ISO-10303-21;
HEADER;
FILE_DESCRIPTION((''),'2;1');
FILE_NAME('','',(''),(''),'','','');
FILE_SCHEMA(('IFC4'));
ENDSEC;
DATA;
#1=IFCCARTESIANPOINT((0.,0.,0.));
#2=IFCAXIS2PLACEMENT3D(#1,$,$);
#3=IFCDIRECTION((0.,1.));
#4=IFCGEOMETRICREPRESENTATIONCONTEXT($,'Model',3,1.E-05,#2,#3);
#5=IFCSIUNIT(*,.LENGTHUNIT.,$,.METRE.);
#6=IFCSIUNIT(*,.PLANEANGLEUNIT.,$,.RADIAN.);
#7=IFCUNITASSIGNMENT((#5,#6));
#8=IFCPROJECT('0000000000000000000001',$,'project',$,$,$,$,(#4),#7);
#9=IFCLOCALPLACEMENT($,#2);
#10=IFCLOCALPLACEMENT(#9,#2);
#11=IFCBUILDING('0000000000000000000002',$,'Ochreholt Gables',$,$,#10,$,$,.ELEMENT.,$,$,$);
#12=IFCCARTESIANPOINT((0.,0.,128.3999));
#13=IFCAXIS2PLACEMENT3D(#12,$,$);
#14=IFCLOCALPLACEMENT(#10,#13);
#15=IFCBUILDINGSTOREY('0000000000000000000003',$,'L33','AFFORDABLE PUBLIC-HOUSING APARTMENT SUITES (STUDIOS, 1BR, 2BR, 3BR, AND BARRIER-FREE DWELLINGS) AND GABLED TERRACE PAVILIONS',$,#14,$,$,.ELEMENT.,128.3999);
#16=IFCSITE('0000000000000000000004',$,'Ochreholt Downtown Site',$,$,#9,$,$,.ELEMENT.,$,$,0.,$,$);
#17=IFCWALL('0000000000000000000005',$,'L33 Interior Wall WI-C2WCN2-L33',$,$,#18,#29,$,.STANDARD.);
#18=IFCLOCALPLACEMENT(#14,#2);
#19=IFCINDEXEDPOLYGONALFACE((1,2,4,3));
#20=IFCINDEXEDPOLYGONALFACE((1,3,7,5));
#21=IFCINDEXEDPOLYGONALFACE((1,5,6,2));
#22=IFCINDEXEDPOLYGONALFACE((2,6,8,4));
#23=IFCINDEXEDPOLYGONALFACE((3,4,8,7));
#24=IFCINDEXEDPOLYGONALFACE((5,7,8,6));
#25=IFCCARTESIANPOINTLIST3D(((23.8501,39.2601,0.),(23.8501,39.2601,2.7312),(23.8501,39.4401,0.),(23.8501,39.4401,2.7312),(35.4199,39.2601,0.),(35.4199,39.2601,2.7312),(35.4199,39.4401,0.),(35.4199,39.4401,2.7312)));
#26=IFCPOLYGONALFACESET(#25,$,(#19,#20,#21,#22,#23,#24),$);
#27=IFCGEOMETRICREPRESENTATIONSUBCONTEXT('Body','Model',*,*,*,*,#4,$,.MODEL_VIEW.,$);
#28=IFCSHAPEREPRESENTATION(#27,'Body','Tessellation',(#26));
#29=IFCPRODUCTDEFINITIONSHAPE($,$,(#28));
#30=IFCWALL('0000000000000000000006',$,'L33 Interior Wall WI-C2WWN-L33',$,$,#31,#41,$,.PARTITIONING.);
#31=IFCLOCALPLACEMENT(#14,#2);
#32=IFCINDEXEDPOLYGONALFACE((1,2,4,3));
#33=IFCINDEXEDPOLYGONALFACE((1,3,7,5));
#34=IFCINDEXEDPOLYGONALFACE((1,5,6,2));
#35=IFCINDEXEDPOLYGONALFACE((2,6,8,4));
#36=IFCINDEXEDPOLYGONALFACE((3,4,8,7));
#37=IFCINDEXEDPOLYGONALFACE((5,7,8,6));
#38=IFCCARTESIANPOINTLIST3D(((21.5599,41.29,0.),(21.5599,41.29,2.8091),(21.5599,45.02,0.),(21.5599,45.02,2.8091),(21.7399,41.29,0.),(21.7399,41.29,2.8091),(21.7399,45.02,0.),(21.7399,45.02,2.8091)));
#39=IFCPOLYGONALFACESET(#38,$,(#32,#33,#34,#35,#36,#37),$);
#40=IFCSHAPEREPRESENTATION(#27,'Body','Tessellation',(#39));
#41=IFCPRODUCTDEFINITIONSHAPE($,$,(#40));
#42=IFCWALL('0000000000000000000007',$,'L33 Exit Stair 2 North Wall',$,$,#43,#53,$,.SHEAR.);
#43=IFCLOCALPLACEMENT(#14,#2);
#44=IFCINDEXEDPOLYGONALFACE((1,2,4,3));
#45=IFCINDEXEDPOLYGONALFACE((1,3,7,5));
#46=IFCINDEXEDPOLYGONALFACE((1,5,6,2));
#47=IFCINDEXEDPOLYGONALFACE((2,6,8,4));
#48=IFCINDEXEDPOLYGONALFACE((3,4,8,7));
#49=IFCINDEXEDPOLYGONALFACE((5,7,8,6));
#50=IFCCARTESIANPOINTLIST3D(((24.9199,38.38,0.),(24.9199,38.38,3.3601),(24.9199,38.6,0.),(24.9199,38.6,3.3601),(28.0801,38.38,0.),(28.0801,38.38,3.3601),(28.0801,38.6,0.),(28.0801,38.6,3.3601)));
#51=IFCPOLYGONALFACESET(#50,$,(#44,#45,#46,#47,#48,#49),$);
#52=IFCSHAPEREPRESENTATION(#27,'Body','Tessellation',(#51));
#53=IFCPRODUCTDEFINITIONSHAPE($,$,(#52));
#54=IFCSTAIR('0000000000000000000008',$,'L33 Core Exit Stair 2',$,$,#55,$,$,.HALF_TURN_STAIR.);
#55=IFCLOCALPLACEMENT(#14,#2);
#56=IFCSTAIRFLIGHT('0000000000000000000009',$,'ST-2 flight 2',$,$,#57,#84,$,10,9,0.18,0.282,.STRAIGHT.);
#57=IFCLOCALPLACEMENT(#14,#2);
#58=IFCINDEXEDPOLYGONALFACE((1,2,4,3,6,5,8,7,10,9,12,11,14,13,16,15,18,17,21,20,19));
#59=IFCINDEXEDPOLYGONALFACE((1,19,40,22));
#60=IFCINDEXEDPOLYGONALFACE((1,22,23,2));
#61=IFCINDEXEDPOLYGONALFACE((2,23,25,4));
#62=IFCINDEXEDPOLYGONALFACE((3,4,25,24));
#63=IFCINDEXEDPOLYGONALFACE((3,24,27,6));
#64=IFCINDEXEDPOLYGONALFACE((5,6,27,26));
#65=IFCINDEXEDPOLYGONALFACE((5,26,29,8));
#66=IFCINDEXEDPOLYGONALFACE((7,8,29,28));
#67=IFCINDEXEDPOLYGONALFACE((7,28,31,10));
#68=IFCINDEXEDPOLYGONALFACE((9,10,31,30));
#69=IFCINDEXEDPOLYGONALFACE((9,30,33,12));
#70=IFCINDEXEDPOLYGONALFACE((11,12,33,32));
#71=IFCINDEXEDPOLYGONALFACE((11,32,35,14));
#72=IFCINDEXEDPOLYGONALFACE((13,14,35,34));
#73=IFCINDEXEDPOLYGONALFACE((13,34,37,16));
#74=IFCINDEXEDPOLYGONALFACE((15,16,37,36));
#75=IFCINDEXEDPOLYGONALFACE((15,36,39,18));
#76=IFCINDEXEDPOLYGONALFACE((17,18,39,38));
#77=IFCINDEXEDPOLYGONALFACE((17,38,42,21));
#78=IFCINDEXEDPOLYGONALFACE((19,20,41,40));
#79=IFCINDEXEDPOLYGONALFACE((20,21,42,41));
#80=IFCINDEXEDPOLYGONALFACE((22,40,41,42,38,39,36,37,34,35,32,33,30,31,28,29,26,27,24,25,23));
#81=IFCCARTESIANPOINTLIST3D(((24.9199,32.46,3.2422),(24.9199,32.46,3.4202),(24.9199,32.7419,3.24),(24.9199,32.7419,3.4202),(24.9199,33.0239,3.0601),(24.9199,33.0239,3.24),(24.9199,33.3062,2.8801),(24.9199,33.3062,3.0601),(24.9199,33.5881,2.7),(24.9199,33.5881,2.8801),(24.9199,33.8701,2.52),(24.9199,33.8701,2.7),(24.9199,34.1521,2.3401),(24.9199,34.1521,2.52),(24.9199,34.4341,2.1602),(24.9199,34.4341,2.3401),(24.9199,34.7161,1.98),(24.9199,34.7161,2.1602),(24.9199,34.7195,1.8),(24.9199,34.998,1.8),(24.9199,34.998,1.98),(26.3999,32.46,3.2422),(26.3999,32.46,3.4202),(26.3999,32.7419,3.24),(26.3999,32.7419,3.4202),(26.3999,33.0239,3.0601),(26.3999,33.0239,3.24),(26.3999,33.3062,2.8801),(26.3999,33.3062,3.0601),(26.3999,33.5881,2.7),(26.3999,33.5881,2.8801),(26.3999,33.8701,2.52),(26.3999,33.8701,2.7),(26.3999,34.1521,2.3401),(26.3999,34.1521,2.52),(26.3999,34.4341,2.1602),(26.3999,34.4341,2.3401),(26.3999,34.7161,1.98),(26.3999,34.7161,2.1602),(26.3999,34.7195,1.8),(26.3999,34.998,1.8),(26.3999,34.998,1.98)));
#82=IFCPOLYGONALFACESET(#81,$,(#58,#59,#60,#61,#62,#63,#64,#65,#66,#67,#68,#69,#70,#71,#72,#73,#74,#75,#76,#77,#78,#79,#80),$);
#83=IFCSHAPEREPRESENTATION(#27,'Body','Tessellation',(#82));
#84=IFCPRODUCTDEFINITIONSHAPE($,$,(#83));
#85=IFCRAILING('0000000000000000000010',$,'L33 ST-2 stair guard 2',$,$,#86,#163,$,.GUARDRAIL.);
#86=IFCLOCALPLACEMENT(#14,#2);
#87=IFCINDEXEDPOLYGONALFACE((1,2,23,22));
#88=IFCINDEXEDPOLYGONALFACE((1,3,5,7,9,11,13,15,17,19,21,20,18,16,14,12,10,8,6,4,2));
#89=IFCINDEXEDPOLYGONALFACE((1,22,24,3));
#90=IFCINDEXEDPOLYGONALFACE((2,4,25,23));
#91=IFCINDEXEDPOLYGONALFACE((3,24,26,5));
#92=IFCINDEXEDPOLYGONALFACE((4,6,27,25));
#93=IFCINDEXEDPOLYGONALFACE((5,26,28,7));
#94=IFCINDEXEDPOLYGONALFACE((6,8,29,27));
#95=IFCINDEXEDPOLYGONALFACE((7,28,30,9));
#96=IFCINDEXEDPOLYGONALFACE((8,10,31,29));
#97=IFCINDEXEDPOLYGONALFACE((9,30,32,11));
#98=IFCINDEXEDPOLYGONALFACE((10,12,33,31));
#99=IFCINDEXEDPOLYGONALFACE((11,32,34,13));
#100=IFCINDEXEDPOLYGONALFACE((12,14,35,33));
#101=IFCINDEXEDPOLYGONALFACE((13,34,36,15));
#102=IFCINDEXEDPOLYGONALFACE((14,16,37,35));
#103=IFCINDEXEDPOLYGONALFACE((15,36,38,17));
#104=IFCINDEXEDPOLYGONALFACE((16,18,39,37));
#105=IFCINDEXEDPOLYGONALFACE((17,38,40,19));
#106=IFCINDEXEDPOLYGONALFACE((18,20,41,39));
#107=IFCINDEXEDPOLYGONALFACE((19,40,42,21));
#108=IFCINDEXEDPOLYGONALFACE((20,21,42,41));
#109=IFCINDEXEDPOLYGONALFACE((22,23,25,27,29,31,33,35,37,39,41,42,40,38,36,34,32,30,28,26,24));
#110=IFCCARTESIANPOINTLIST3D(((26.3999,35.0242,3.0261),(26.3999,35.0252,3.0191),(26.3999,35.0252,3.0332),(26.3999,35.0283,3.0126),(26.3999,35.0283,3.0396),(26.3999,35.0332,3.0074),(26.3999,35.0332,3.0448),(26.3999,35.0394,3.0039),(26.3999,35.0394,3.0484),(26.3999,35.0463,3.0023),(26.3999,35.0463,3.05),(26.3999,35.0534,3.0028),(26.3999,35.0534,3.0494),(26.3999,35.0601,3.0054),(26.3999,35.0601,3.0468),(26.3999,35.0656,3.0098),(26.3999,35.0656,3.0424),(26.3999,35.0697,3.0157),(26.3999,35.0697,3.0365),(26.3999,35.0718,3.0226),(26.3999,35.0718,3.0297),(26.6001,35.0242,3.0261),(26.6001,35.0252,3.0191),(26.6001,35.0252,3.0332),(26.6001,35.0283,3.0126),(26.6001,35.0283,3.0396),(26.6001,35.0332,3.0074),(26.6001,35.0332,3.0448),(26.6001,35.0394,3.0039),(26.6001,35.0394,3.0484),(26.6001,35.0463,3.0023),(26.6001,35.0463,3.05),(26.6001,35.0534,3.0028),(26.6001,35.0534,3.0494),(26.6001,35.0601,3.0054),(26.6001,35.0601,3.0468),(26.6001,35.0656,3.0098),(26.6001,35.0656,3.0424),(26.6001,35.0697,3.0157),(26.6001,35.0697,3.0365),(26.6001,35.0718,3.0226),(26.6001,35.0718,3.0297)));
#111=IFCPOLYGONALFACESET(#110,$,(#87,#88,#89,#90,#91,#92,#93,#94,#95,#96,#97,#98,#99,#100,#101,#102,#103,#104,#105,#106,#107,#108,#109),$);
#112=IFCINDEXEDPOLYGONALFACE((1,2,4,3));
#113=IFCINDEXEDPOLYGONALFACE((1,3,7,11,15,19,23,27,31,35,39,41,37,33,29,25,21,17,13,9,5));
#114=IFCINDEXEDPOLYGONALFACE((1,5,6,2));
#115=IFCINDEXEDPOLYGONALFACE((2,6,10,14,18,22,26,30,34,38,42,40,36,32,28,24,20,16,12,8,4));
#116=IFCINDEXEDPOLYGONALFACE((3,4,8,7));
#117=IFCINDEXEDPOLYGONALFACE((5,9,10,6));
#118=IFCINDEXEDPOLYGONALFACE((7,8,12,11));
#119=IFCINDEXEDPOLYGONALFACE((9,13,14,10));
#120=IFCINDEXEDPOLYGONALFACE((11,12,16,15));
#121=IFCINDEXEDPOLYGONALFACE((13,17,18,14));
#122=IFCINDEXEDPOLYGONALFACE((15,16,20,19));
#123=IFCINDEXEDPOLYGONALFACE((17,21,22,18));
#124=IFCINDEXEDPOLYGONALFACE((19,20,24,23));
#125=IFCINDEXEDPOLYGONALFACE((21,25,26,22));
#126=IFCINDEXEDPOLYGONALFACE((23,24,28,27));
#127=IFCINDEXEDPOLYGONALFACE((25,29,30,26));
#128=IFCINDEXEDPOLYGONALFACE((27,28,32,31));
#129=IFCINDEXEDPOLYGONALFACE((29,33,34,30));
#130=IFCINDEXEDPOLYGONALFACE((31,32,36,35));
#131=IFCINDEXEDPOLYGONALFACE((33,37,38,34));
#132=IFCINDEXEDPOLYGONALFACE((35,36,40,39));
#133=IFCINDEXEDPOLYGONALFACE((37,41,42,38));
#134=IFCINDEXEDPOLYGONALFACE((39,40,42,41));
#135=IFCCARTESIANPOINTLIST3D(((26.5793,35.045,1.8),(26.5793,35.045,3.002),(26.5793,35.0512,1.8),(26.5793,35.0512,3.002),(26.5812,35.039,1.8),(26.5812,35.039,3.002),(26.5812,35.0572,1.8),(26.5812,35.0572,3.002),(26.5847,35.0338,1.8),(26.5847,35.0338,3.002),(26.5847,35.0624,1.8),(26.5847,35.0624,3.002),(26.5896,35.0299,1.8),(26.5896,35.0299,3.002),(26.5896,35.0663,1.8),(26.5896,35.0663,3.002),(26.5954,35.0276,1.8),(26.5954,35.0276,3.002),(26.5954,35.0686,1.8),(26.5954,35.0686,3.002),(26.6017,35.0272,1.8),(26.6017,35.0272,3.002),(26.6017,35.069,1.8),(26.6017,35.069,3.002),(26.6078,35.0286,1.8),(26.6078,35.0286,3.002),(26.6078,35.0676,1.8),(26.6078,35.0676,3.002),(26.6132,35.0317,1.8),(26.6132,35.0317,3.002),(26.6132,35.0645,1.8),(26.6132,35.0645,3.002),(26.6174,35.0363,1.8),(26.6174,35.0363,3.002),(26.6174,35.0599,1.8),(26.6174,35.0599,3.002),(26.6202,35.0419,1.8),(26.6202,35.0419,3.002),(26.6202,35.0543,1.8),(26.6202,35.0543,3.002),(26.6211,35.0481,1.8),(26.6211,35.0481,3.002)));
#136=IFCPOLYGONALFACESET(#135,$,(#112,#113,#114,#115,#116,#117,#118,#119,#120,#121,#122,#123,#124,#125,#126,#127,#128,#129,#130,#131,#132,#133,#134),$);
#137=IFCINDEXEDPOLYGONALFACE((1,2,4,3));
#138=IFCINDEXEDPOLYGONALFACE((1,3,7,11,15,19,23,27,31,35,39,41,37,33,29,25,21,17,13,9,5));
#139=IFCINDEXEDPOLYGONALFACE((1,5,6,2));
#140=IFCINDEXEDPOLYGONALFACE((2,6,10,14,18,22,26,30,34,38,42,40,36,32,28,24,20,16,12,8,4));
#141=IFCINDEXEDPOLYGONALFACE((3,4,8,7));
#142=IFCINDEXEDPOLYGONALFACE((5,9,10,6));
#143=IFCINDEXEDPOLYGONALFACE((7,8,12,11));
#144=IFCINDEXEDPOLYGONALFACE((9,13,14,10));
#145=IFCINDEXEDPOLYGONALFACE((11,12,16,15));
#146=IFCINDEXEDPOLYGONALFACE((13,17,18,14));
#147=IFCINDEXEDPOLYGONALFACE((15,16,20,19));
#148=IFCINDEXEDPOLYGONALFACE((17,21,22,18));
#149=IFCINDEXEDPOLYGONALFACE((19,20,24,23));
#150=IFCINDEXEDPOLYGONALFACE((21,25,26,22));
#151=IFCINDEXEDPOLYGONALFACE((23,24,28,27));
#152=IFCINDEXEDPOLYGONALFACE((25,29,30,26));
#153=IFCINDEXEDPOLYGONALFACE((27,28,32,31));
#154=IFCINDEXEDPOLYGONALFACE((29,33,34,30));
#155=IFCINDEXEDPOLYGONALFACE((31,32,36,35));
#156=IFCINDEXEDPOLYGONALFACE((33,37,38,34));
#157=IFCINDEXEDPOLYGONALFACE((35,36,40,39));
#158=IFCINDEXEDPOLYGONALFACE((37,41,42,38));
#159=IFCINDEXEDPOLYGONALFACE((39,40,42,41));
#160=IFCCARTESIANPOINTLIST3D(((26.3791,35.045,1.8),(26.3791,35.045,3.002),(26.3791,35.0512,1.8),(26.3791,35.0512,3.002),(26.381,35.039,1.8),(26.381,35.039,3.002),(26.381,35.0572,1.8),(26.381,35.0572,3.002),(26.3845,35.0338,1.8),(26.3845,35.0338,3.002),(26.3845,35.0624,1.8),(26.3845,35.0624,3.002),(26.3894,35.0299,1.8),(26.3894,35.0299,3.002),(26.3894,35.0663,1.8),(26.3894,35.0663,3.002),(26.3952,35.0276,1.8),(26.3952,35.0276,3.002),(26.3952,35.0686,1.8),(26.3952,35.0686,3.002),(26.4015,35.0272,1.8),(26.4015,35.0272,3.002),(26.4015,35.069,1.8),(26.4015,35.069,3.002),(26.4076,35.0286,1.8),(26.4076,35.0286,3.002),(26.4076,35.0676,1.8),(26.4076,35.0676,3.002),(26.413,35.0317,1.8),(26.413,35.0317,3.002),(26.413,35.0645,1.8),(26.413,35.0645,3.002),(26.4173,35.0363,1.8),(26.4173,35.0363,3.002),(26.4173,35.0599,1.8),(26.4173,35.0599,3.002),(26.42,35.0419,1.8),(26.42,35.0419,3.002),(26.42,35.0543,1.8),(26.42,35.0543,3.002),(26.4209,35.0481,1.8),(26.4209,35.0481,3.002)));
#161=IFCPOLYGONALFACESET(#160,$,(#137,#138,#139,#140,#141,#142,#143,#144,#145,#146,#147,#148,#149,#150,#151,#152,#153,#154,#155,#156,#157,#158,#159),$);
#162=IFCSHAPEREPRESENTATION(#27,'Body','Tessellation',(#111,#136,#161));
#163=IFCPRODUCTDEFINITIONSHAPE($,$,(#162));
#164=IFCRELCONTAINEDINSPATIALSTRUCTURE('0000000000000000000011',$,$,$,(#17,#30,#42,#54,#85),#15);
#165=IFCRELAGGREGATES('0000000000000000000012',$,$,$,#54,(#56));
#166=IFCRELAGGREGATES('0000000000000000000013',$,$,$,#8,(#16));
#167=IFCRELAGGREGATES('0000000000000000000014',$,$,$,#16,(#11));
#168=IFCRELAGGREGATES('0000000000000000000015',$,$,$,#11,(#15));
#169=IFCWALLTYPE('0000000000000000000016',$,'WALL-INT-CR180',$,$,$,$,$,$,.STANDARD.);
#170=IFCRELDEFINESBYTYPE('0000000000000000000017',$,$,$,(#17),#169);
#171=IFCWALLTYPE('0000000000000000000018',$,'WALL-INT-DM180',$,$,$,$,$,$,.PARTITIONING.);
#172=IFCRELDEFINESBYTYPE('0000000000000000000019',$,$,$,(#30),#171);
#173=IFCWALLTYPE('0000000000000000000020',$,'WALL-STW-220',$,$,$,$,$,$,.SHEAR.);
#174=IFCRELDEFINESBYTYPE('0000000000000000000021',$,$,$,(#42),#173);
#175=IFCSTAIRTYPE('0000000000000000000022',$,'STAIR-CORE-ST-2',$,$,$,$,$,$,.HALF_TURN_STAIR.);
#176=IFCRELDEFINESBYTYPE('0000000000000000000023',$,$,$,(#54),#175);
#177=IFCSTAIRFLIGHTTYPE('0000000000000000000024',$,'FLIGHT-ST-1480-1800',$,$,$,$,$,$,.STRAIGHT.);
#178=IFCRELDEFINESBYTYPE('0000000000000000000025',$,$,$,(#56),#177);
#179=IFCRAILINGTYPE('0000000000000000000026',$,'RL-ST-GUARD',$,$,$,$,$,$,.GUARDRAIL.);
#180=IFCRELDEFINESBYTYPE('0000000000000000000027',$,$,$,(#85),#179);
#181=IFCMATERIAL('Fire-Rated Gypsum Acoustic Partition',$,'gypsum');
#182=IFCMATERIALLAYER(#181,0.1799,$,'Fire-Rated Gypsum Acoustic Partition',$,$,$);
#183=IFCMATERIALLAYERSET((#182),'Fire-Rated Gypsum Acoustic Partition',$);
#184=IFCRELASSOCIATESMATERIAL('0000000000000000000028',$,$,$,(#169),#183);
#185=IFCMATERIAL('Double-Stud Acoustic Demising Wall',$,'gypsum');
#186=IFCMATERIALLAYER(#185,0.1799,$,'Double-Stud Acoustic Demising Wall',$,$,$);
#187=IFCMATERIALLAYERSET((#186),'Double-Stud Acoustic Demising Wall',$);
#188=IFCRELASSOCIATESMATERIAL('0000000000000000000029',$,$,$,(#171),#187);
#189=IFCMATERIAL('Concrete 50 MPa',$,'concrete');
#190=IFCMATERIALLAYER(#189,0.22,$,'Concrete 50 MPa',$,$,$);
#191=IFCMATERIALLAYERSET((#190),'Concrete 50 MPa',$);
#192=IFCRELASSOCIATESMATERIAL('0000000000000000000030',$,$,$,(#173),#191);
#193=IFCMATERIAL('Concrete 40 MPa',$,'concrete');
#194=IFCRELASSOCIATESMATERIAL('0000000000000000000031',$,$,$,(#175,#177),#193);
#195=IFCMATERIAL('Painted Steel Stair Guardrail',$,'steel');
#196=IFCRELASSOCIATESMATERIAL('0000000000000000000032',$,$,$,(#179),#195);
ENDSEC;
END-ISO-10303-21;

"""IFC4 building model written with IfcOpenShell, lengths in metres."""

from ifc_helpers import new_model, si_unit, direction, frame, frame_2d, origin, origin_2d, place, context, subcontext, project, spatial, polyline, rectangle, circle, outline, extrude, material, layer, layer_set, type_object, element, aggregate, save


model = new_model("IFC4")

# Units and contexts
model_context = context("Model", 3, precision=1e-05, world=origin(), true_north=direction((0.0, 1.0)))
body_context = subcontext(model_context, "Body", "Model", "MODEL_VIEW")
ifc_project = project(units=[si_unit("LENGTHUNIT", "METRE"), si_unit("PLANEANGLEUNIT", "RADIAN")], contexts=[model_context])

# Site, building, storey
site_placement = place(None, origin())
site = spatial("IfcSite", under=ifc_project, at=site_placement, Name="Ochreholt Downtown Site", CompositionType="ELEMENT", RefElevation=0.0)
building_placement = place(site_placement, origin())
building = spatial("IfcBuilding", under=site, at=building_placement, Name="Ochreholt Gables", CompositionType="ELEMENT")
storey_placement = place(building_placement, frame((0.0, 0.0, 128.3999)))
storey = spatial("IfcBuildingStorey", under=building, at=storey_placement, Name="L33", Description="AFFORDABLE PUBLIC-HOUSING APARTMENT SUITES (STUDIOS, 1BR, 2BR, 3BR, AND BARRIER-FREE DWELLINGS) AND GABLED TERRACE PAVILIONS", CompositionType="ELEMENT", Elevation=128.3999)

# Shared definitions
ifc_material_1 = material(Name="Fire-Rated Gypsum Acoustic Partition", Category="gypsum")
ifc_layer_1 = layer(ifc_material_1, 0.1799, Name="Fire-Rated Gypsum Acoustic Partition")
ifc_layer_set_1 = layer_set([ifc_layer_1], Name="Fire-Rated Gypsum Acoustic Partition")
wall_type_1 = type_object("IfcWallType", Name="WALL-INT-CR180", PredefinedType="STANDARD", material=ifc_layer_set_1)

# Walls
wall_1_placement = place(storey_placement, frame((23.8501, 39.3501, 0.0), z_axis=(0.0, 0.0, 1.0), x_axis=(1.0, 0.0, 0.0)))
element("IfcWall", 1, at=wall_1_placement, inside=storey, type_object=wall_type_1, Name="L33 Interior Wall WI-C2WCN2-L33", PredefinedType="STANDARD", context=body_context, shape_type="SweptSolid", body=[
    extrude(rectangle(XDim=11.5698, YDim=0.1799, at=frame_2d((5.7849, 0.0))), origin(), (0.0, 0.0, 1.0), 2.7312),
])
ifc_material_2 = material(Name="Double-Stud Acoustic Demising Wall", Category="gypsum")
ifc_layer_2 = layer(ifc_material_2, 0.1799, Name="Double-Stud Acoustic Demising Wall")
ifc_layer_set_2 = layer_set([ifc_layer_2], Name="Double-Stud Acoustic Demising Wall")
wall_type_2 = type_object("IfcWallType", Name="WALL-INT-DM180", PredefinedType="PARTITIONING", material=ifc_layer_set_2)
wall_2_placement = place(storey_placement, frame((21.6499, 41.29, 0.0), z_axis=(0.0, 0.0, 1.0), x_axis=(0.0, 1.0, 0.0)))
element("IfcWall", 2, at=wall_2_placement, inside=storey, type_object=wall_type_2, Name="L33 Interior Wall WI-C2WWN-L33", PredefinedType="PARTITIONING", context=body_context, shape_type="SweptSolid", body=[
    extrude(rectangle(XDim=3.73, YDim=0.1799, at=frame_2d((1.865, 0.0))), origin(), (0.0, 0.0, 1.0), 2.8091),
])
ifc_material_3 = material(Name="Concrete 50 MPa", Category="concrete")
ifc_layer_3 = layer(ifc_material_3, 0.22, Name="Concrete 50 MPa")
ifc_layer_set_3 = layer_set([ifc_layer_3], Name="Concrete 50 MPa")
wall_type_3 = type_object("IfcWallType", Name="WALL-STW-220", PredefinedType="SHEAR", material=ifc_layer_set_3)
wall_3_placement = place(storey_placement, frame((24.9199, 38.49, 0.0), z_axis=(0.0, 0.0, 1.0), x_axis=(1.0, 0.0, 0.0)))
element("IfcWall", 3, at=wall_3_placement, inside=storey, type_object=wall_type_3, Name="L33 Exit Stair 2 North Wall", PredefinedType="SHEAR", context=body_context, shape_type="SweptSolid", body=[
    extrude(rectangle(XDim=3.1602, YDim=0.22, at=frame_2d((1.5801, 0.0))), origin(), (0.0, 0.0, 1.0), 3.3601),
])

# Stair, stair flight
ifc_material_4 = material(Name="Concrete 40 MPa", Category="concrete")
stair_type = type_object("IfcStairType", Name="STAIR-CORE-ST-2", PredefinedType="HALF_TURN_STAIR", material=ifc_material_4)
stair_placement = place(storey_placement, origin())
stair = element("IfcStair", 4, at=stair_placement, inside=storey, type_object=stair_type, Name="L33 Core Exit Stair 2", PredefinedType="HALF_TURN_STAIR")
stair_flight_type = type_object("IfcStairFlightType", Name="FLIGHT-ST-1480-1800", PredefinedType="STRAIGHT", material=ifc_material_4)
stair_flight_placement = place(storey_placement, frame((25.6599, 34.998, 1.8), z_axis=(0.0, 0.0, 1.0), x_axis=(0.0, -1.0, 0.0)))
stair_flight = element("IfcStairFlight", 5, at=stair_flight_placement, type_object=stair_flight_type, Name="ST-2 flight 2", NumberOfRisers=10, NumberOfTreads=9, PredefinedType="STRAIGHT", RiserHeight=0.18, TreadLength=0.282, context=body_context, shape_type="SweptSolid", body=[
    extrude(outline(polyline([(0.0, 0.0), (0.0, 0.1799), (0.282, 0.1799), (0.282, 0.3601), (0.564, 0.3601), (0.564, 0.54), (0.8459, 0.54), (0.8459, 0.72), (1.1279, 0.72), (1.1279, 0.8999), (1.4099, 0.8999), (1.4099, 1.0801), (1.6919, 1.0801), (1.6919, 1.26), (1.9741, 1.26), (1.9741, 1.4399), (2.2561, 1.4399), (2.2561, 1.6201), (2.5381, 1.6201), (2.5381, 1.8), (2.5381, 1.4421), (0.2786, 0.0), (0.0, 0.0)])), frame((0.0, 0.74, 0.0), z_axis=(0.0, -1.0, 0.0), x_axis=(1.0, 0.0, 0.0)), (0.0, 0.0, 1.0), 1.48),
])
aggregate(stair, [stair_flight])

# Railing
ifc_material_5 = material(Name="Painted Steel Stair Guardrail", Category="steel")
railing_type_1 = type_object("IfcRailingType", Name="RL-ST-GUARD", PredefinedType="GUARDRAIL", material=ifc_material_5)
railing_1_placement = place(storey_placement, frame((26.6001, 35.0481, 1.8)))
element("IfcRailing", 6, at=railing_1_placement, inside=storey, type_object=railing_type_1, Name="L33 ST-2 stair guard 2", PredefinedType="GUARDRAIL", context=body_context, shape_type="SweptSolid", body=[
    extrude(circle(Radius=0.0239, at=origin_2d()), frame((0.0, 0.0, 1.2261), z_axis=(-1.0, 0.0, 0.0), x_axis=(0.0, -1.0, 0.0)), (0.0, 0.0, 1.0), 0.2002),
    extrude(circle(Radius=0.021, at=origin_2d()), origin(), (0.0, 0.0, 1.0), 1.2019),
    extrude(circle(Radius=0.021, at=origin_2d()), frame((-0.2002, 0.0, 0.0)), (0.0, 0.0, 1.0), 1.2019),
])

save(model, "model.ifc")
